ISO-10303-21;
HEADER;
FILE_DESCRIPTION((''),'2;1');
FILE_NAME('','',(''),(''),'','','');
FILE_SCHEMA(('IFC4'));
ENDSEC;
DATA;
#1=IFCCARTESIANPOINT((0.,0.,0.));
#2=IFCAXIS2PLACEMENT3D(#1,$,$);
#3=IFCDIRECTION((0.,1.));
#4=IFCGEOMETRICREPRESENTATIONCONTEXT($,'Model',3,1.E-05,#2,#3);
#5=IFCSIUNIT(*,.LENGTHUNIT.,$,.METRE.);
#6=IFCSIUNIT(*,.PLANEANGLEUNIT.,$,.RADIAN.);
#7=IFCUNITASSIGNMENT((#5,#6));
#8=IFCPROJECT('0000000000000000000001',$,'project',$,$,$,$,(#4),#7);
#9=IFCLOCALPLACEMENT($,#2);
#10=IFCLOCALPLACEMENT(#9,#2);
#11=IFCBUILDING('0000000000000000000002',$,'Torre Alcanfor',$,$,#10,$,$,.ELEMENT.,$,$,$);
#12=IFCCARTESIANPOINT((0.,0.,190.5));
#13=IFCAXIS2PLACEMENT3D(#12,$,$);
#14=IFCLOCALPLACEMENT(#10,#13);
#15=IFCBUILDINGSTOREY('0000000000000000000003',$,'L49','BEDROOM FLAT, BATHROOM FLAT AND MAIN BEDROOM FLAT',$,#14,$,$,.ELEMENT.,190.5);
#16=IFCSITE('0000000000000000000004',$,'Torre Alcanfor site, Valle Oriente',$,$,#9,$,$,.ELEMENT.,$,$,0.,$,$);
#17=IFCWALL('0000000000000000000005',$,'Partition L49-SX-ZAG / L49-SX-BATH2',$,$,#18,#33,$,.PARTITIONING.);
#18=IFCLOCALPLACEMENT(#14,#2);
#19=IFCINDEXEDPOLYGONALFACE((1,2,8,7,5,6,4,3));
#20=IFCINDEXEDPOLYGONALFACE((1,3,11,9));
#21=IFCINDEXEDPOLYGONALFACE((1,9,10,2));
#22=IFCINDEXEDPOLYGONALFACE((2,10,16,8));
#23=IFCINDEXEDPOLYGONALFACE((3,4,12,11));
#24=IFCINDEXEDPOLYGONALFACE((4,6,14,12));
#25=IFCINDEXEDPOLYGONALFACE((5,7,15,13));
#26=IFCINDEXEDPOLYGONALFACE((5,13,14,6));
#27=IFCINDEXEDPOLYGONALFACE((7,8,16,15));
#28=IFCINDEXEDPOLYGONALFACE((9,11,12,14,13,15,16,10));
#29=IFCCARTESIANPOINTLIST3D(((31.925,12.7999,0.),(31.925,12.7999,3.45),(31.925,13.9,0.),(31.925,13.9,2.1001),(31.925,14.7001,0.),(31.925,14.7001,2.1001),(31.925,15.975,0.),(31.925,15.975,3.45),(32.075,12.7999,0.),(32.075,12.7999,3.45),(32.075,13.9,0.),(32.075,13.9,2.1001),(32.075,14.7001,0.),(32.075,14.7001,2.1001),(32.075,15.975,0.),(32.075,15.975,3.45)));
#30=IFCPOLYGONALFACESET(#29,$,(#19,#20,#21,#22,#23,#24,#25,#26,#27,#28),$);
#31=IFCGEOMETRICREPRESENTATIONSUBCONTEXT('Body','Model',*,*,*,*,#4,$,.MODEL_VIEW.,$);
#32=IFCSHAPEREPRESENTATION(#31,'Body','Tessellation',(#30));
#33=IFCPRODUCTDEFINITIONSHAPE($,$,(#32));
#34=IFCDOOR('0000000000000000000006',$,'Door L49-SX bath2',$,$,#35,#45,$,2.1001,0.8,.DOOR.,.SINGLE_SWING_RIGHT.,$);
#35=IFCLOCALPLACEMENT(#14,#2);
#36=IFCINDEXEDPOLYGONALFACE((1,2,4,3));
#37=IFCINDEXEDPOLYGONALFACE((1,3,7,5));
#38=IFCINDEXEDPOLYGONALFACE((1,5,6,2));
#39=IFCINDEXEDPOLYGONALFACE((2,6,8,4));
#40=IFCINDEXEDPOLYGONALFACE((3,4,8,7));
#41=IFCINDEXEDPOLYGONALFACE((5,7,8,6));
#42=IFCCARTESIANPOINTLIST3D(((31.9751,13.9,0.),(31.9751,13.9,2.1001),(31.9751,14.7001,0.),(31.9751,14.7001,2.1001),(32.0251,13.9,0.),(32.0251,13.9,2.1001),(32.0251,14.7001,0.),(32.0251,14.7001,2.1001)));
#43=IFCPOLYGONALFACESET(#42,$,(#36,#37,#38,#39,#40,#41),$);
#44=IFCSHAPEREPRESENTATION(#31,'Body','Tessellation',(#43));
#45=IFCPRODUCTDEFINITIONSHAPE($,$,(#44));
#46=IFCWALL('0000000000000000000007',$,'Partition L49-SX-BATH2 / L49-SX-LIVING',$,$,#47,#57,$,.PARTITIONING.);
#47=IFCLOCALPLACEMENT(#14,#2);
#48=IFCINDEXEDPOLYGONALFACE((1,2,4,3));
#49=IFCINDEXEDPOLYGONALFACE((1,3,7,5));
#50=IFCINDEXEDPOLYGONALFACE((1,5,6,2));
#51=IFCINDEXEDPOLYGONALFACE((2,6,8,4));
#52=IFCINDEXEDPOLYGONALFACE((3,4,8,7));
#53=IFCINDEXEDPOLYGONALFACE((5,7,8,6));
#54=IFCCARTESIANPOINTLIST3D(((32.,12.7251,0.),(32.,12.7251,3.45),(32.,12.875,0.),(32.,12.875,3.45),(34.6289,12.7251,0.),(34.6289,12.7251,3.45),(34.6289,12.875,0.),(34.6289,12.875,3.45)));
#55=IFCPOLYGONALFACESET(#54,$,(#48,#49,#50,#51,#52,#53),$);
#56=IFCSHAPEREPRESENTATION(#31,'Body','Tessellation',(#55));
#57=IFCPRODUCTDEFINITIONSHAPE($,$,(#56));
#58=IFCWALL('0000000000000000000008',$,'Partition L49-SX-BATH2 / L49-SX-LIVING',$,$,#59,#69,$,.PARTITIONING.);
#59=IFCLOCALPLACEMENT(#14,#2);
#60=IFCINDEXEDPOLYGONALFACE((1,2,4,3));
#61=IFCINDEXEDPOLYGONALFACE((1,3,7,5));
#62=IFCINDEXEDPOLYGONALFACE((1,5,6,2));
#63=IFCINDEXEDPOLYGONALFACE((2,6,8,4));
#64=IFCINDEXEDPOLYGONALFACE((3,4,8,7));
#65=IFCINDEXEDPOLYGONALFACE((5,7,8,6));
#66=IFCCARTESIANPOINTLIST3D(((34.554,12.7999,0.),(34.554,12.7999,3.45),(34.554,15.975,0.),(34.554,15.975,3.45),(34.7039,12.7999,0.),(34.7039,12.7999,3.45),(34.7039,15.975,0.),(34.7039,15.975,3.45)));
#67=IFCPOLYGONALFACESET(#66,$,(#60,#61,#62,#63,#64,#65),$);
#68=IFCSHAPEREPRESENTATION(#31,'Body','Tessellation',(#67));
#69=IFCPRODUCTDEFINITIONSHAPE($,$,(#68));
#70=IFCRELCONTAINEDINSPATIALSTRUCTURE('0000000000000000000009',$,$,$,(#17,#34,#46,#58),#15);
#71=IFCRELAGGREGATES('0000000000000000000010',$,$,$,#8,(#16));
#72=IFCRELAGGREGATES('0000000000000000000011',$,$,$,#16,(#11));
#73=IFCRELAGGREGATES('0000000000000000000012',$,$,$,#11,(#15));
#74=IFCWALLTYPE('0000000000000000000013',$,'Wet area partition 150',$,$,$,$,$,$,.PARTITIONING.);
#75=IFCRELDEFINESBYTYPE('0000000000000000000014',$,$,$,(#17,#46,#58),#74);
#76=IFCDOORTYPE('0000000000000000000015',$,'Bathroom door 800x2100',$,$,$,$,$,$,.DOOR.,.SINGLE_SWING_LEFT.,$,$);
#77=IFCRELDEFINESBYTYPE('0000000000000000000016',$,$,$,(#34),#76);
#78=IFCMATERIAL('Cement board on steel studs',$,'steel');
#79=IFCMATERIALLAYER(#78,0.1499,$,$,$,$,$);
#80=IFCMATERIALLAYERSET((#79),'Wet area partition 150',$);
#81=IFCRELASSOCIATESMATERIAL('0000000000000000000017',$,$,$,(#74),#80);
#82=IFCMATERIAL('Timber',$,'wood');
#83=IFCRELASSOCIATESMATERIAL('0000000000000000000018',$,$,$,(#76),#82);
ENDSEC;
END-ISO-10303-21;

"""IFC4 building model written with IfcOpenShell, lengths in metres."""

from ifc_helpers import new_model, si_unit, direction, frame, frame_2d, origin, place, context, subcontext, project, spatial, rectangle, extrude, material, layer, layer_set, type_object, element, fill, save


model = new_model("IFC4")

# Units and contexts
model_context = context("Model", 3, precision=1e-05, world=origin(), true_north=direction((0.0, 1.0)))
body_context = subcontext(model_context, "Body", "Model", "MODEL_VIEW")
ifc_project = project(units=[si_unit("LENGTHUNIT", "METRE"), si_unit("PLANEANGLEUNIT", "RADIAN")], contexts=[model_context])

# Site, building, storey
site_placement = place(None, origin())
site = spatial("IfcSite", under=ifc_project, at=site_placement, Name="Torre Alcanfor site, Valle Oriente", CompositionType="ELEMENT", RefElevation=0.0)
building_placement = place(site_placement, origin())
building = spatial("IfcBuilding", under=site, at=building_placement, Name="Torre Alcanfor", CompositionType="ELEMENT")
storey_placement = place(building_placement, frame((0.0, 0.0, 190.5)))
storey = spatial("IfcBuildingStorey", under=building, at=storey_placement, Name="L49", Description="BEDROOM FLAT, BATHROOM FLAT AND MAIN BEDROOM FLAT", CompositionType="ELEMENT", Elevation=190.5)

# Wall, opening, door
ifc_material_1 = material(Name="Cement board on steel studs", Category="steel")
ifc_layer_1 = layer(ifc_material_1, 0.1499)
ifc_layer_set_1 = layer_set([ifc_layer_1], Name="Wet area partition 150")
wall_type_1 = type_object("IfcWallType", Name="Wet area partition 150", PredefinedType="PARTITIONING", material=ifc_layer_set_1)
wall_1_placement = place(storey_placement, frame((32.0, 12.8, 0.0), z_axis=(0.0, 0.0, 1.0), x_axis=(0.0, 1.0, 0.0)))
wall_1 = element("IfcWall", 1, at=wall_1_placement, inside=storey, type_object=wall_type_1, Name="Partition L49-SX-ZAG / L49-SX-BATH2", PredefinedType="PARTITIONING", context=body_context, shape_type="SweptSolid", body=[
    extrude(rectangle(XDim=3.175, YDim=0.1499, at=frame_2d((1.5874, 0.0))), origin(), (0.0, 0.0, 1.0), 3.45),
])
opening_1_placement = place(wall_1_placement, frame((1.1001, 0.0, 0.0)))
opening_1 = element("IfcOpeningElement", 2, at=opening_1_placement, cuts=wall_1, PredefinedType="OPENING", context=body_context, shape_type="SweptSolid", body=[
    extrude(rectangle(XDim=0.8, YDim=2.1001, at=frame_2d((0.3999, 1.05))), frame((0.0, 0.085, 0.0), z_axis=(0.0, -1.0, 0.0), x_axis=(1.0, 0.0, 0.0)), (0.0, 0.0, 1.0), 0.1699),
])
ifc_material_2 = material(Name="Timber", Category="wood")
door_type_1 = type_object("IfcDoorType", Name="Bathroom door 800x2100", OperationType="SINGLE_SWING_LEFT", PredefinedType="DOOR", material=ifc_material_2)
door_1_placement = place(opening_1_placement, frame((0.8, 0.0, 0.0), z_axis=(0.0, 0.0, 1.0), x_axis=(-1.0, 0.0, 0.0)))
door_1 = element("IfcDoor", 3, at=door_1_placement, inside=storey, type_object=door_type_1, Name="Door L49-SX bath2", OperationType="SINGLE_SWING_RIGHT", OverallHeight=2.1001, OverallWidth=0.8, PredefinedType="DOOR", context=body_context, shape_type="SweptSolid", body=[
    extrude(rectangle(XDim=0.8, YDim=2.1001, at=frame_2d((0.4001, 1.05))), frame((0.0, 0.0251, 0.0), z_axis=(0.0, -1.0, 0.0), x_axis=(1.0, 0.0, 0.0)), (0.0, 0.0, 1.0), 0.05),
])
fill(opening_1, door_1)

# Walls
wall_2_placement = place(storey_placement, frame((32.0, 12.8, 0.0), z_axis=(0.0, 0.0, 1.0), x_axis=(1.0, 0.0, 0.0)))
element("IfcWall", 4, at=wall_2_placement, inside=storey, type_object=wall_type_1, Name="Partition L49-SX-BATH2 / L49-SX-LIVING", PredefinedType="PARTITIONING", context=body_context, shape_type="SweptSolid", body=[
    extrude(rectangle(XDim=2.6289, YDim=0.1499, at=frame_2d((1.3145, 0.0))), origin(), (0.0, 0.0, 1.0), 3.45),
])
wall_3_placement = place(storey_placement, frame((34.6289, 12.8, 0.0), z_axis=(0.0, 0.0, 1.0), x_axis=(0.0, 1.0, 0.0)))
element("IfcWall", 5, at=wall_3_placement, inside=storey, type_object=wall_type_1, Name="Partition L49-SX-BATH2 / L49-SX-LIVING", PredefinedType="PARTITIONING", context=body_context, shape_type="SweptSolid", body=[
    extrude(rectangle(XDim=3.175, YDim=0.1499, at=frame_2d((1.5874, 0.0))), origin(), (0.0, 0.0, 1.0), 3.45),
])

save(model, "model.ifc")
